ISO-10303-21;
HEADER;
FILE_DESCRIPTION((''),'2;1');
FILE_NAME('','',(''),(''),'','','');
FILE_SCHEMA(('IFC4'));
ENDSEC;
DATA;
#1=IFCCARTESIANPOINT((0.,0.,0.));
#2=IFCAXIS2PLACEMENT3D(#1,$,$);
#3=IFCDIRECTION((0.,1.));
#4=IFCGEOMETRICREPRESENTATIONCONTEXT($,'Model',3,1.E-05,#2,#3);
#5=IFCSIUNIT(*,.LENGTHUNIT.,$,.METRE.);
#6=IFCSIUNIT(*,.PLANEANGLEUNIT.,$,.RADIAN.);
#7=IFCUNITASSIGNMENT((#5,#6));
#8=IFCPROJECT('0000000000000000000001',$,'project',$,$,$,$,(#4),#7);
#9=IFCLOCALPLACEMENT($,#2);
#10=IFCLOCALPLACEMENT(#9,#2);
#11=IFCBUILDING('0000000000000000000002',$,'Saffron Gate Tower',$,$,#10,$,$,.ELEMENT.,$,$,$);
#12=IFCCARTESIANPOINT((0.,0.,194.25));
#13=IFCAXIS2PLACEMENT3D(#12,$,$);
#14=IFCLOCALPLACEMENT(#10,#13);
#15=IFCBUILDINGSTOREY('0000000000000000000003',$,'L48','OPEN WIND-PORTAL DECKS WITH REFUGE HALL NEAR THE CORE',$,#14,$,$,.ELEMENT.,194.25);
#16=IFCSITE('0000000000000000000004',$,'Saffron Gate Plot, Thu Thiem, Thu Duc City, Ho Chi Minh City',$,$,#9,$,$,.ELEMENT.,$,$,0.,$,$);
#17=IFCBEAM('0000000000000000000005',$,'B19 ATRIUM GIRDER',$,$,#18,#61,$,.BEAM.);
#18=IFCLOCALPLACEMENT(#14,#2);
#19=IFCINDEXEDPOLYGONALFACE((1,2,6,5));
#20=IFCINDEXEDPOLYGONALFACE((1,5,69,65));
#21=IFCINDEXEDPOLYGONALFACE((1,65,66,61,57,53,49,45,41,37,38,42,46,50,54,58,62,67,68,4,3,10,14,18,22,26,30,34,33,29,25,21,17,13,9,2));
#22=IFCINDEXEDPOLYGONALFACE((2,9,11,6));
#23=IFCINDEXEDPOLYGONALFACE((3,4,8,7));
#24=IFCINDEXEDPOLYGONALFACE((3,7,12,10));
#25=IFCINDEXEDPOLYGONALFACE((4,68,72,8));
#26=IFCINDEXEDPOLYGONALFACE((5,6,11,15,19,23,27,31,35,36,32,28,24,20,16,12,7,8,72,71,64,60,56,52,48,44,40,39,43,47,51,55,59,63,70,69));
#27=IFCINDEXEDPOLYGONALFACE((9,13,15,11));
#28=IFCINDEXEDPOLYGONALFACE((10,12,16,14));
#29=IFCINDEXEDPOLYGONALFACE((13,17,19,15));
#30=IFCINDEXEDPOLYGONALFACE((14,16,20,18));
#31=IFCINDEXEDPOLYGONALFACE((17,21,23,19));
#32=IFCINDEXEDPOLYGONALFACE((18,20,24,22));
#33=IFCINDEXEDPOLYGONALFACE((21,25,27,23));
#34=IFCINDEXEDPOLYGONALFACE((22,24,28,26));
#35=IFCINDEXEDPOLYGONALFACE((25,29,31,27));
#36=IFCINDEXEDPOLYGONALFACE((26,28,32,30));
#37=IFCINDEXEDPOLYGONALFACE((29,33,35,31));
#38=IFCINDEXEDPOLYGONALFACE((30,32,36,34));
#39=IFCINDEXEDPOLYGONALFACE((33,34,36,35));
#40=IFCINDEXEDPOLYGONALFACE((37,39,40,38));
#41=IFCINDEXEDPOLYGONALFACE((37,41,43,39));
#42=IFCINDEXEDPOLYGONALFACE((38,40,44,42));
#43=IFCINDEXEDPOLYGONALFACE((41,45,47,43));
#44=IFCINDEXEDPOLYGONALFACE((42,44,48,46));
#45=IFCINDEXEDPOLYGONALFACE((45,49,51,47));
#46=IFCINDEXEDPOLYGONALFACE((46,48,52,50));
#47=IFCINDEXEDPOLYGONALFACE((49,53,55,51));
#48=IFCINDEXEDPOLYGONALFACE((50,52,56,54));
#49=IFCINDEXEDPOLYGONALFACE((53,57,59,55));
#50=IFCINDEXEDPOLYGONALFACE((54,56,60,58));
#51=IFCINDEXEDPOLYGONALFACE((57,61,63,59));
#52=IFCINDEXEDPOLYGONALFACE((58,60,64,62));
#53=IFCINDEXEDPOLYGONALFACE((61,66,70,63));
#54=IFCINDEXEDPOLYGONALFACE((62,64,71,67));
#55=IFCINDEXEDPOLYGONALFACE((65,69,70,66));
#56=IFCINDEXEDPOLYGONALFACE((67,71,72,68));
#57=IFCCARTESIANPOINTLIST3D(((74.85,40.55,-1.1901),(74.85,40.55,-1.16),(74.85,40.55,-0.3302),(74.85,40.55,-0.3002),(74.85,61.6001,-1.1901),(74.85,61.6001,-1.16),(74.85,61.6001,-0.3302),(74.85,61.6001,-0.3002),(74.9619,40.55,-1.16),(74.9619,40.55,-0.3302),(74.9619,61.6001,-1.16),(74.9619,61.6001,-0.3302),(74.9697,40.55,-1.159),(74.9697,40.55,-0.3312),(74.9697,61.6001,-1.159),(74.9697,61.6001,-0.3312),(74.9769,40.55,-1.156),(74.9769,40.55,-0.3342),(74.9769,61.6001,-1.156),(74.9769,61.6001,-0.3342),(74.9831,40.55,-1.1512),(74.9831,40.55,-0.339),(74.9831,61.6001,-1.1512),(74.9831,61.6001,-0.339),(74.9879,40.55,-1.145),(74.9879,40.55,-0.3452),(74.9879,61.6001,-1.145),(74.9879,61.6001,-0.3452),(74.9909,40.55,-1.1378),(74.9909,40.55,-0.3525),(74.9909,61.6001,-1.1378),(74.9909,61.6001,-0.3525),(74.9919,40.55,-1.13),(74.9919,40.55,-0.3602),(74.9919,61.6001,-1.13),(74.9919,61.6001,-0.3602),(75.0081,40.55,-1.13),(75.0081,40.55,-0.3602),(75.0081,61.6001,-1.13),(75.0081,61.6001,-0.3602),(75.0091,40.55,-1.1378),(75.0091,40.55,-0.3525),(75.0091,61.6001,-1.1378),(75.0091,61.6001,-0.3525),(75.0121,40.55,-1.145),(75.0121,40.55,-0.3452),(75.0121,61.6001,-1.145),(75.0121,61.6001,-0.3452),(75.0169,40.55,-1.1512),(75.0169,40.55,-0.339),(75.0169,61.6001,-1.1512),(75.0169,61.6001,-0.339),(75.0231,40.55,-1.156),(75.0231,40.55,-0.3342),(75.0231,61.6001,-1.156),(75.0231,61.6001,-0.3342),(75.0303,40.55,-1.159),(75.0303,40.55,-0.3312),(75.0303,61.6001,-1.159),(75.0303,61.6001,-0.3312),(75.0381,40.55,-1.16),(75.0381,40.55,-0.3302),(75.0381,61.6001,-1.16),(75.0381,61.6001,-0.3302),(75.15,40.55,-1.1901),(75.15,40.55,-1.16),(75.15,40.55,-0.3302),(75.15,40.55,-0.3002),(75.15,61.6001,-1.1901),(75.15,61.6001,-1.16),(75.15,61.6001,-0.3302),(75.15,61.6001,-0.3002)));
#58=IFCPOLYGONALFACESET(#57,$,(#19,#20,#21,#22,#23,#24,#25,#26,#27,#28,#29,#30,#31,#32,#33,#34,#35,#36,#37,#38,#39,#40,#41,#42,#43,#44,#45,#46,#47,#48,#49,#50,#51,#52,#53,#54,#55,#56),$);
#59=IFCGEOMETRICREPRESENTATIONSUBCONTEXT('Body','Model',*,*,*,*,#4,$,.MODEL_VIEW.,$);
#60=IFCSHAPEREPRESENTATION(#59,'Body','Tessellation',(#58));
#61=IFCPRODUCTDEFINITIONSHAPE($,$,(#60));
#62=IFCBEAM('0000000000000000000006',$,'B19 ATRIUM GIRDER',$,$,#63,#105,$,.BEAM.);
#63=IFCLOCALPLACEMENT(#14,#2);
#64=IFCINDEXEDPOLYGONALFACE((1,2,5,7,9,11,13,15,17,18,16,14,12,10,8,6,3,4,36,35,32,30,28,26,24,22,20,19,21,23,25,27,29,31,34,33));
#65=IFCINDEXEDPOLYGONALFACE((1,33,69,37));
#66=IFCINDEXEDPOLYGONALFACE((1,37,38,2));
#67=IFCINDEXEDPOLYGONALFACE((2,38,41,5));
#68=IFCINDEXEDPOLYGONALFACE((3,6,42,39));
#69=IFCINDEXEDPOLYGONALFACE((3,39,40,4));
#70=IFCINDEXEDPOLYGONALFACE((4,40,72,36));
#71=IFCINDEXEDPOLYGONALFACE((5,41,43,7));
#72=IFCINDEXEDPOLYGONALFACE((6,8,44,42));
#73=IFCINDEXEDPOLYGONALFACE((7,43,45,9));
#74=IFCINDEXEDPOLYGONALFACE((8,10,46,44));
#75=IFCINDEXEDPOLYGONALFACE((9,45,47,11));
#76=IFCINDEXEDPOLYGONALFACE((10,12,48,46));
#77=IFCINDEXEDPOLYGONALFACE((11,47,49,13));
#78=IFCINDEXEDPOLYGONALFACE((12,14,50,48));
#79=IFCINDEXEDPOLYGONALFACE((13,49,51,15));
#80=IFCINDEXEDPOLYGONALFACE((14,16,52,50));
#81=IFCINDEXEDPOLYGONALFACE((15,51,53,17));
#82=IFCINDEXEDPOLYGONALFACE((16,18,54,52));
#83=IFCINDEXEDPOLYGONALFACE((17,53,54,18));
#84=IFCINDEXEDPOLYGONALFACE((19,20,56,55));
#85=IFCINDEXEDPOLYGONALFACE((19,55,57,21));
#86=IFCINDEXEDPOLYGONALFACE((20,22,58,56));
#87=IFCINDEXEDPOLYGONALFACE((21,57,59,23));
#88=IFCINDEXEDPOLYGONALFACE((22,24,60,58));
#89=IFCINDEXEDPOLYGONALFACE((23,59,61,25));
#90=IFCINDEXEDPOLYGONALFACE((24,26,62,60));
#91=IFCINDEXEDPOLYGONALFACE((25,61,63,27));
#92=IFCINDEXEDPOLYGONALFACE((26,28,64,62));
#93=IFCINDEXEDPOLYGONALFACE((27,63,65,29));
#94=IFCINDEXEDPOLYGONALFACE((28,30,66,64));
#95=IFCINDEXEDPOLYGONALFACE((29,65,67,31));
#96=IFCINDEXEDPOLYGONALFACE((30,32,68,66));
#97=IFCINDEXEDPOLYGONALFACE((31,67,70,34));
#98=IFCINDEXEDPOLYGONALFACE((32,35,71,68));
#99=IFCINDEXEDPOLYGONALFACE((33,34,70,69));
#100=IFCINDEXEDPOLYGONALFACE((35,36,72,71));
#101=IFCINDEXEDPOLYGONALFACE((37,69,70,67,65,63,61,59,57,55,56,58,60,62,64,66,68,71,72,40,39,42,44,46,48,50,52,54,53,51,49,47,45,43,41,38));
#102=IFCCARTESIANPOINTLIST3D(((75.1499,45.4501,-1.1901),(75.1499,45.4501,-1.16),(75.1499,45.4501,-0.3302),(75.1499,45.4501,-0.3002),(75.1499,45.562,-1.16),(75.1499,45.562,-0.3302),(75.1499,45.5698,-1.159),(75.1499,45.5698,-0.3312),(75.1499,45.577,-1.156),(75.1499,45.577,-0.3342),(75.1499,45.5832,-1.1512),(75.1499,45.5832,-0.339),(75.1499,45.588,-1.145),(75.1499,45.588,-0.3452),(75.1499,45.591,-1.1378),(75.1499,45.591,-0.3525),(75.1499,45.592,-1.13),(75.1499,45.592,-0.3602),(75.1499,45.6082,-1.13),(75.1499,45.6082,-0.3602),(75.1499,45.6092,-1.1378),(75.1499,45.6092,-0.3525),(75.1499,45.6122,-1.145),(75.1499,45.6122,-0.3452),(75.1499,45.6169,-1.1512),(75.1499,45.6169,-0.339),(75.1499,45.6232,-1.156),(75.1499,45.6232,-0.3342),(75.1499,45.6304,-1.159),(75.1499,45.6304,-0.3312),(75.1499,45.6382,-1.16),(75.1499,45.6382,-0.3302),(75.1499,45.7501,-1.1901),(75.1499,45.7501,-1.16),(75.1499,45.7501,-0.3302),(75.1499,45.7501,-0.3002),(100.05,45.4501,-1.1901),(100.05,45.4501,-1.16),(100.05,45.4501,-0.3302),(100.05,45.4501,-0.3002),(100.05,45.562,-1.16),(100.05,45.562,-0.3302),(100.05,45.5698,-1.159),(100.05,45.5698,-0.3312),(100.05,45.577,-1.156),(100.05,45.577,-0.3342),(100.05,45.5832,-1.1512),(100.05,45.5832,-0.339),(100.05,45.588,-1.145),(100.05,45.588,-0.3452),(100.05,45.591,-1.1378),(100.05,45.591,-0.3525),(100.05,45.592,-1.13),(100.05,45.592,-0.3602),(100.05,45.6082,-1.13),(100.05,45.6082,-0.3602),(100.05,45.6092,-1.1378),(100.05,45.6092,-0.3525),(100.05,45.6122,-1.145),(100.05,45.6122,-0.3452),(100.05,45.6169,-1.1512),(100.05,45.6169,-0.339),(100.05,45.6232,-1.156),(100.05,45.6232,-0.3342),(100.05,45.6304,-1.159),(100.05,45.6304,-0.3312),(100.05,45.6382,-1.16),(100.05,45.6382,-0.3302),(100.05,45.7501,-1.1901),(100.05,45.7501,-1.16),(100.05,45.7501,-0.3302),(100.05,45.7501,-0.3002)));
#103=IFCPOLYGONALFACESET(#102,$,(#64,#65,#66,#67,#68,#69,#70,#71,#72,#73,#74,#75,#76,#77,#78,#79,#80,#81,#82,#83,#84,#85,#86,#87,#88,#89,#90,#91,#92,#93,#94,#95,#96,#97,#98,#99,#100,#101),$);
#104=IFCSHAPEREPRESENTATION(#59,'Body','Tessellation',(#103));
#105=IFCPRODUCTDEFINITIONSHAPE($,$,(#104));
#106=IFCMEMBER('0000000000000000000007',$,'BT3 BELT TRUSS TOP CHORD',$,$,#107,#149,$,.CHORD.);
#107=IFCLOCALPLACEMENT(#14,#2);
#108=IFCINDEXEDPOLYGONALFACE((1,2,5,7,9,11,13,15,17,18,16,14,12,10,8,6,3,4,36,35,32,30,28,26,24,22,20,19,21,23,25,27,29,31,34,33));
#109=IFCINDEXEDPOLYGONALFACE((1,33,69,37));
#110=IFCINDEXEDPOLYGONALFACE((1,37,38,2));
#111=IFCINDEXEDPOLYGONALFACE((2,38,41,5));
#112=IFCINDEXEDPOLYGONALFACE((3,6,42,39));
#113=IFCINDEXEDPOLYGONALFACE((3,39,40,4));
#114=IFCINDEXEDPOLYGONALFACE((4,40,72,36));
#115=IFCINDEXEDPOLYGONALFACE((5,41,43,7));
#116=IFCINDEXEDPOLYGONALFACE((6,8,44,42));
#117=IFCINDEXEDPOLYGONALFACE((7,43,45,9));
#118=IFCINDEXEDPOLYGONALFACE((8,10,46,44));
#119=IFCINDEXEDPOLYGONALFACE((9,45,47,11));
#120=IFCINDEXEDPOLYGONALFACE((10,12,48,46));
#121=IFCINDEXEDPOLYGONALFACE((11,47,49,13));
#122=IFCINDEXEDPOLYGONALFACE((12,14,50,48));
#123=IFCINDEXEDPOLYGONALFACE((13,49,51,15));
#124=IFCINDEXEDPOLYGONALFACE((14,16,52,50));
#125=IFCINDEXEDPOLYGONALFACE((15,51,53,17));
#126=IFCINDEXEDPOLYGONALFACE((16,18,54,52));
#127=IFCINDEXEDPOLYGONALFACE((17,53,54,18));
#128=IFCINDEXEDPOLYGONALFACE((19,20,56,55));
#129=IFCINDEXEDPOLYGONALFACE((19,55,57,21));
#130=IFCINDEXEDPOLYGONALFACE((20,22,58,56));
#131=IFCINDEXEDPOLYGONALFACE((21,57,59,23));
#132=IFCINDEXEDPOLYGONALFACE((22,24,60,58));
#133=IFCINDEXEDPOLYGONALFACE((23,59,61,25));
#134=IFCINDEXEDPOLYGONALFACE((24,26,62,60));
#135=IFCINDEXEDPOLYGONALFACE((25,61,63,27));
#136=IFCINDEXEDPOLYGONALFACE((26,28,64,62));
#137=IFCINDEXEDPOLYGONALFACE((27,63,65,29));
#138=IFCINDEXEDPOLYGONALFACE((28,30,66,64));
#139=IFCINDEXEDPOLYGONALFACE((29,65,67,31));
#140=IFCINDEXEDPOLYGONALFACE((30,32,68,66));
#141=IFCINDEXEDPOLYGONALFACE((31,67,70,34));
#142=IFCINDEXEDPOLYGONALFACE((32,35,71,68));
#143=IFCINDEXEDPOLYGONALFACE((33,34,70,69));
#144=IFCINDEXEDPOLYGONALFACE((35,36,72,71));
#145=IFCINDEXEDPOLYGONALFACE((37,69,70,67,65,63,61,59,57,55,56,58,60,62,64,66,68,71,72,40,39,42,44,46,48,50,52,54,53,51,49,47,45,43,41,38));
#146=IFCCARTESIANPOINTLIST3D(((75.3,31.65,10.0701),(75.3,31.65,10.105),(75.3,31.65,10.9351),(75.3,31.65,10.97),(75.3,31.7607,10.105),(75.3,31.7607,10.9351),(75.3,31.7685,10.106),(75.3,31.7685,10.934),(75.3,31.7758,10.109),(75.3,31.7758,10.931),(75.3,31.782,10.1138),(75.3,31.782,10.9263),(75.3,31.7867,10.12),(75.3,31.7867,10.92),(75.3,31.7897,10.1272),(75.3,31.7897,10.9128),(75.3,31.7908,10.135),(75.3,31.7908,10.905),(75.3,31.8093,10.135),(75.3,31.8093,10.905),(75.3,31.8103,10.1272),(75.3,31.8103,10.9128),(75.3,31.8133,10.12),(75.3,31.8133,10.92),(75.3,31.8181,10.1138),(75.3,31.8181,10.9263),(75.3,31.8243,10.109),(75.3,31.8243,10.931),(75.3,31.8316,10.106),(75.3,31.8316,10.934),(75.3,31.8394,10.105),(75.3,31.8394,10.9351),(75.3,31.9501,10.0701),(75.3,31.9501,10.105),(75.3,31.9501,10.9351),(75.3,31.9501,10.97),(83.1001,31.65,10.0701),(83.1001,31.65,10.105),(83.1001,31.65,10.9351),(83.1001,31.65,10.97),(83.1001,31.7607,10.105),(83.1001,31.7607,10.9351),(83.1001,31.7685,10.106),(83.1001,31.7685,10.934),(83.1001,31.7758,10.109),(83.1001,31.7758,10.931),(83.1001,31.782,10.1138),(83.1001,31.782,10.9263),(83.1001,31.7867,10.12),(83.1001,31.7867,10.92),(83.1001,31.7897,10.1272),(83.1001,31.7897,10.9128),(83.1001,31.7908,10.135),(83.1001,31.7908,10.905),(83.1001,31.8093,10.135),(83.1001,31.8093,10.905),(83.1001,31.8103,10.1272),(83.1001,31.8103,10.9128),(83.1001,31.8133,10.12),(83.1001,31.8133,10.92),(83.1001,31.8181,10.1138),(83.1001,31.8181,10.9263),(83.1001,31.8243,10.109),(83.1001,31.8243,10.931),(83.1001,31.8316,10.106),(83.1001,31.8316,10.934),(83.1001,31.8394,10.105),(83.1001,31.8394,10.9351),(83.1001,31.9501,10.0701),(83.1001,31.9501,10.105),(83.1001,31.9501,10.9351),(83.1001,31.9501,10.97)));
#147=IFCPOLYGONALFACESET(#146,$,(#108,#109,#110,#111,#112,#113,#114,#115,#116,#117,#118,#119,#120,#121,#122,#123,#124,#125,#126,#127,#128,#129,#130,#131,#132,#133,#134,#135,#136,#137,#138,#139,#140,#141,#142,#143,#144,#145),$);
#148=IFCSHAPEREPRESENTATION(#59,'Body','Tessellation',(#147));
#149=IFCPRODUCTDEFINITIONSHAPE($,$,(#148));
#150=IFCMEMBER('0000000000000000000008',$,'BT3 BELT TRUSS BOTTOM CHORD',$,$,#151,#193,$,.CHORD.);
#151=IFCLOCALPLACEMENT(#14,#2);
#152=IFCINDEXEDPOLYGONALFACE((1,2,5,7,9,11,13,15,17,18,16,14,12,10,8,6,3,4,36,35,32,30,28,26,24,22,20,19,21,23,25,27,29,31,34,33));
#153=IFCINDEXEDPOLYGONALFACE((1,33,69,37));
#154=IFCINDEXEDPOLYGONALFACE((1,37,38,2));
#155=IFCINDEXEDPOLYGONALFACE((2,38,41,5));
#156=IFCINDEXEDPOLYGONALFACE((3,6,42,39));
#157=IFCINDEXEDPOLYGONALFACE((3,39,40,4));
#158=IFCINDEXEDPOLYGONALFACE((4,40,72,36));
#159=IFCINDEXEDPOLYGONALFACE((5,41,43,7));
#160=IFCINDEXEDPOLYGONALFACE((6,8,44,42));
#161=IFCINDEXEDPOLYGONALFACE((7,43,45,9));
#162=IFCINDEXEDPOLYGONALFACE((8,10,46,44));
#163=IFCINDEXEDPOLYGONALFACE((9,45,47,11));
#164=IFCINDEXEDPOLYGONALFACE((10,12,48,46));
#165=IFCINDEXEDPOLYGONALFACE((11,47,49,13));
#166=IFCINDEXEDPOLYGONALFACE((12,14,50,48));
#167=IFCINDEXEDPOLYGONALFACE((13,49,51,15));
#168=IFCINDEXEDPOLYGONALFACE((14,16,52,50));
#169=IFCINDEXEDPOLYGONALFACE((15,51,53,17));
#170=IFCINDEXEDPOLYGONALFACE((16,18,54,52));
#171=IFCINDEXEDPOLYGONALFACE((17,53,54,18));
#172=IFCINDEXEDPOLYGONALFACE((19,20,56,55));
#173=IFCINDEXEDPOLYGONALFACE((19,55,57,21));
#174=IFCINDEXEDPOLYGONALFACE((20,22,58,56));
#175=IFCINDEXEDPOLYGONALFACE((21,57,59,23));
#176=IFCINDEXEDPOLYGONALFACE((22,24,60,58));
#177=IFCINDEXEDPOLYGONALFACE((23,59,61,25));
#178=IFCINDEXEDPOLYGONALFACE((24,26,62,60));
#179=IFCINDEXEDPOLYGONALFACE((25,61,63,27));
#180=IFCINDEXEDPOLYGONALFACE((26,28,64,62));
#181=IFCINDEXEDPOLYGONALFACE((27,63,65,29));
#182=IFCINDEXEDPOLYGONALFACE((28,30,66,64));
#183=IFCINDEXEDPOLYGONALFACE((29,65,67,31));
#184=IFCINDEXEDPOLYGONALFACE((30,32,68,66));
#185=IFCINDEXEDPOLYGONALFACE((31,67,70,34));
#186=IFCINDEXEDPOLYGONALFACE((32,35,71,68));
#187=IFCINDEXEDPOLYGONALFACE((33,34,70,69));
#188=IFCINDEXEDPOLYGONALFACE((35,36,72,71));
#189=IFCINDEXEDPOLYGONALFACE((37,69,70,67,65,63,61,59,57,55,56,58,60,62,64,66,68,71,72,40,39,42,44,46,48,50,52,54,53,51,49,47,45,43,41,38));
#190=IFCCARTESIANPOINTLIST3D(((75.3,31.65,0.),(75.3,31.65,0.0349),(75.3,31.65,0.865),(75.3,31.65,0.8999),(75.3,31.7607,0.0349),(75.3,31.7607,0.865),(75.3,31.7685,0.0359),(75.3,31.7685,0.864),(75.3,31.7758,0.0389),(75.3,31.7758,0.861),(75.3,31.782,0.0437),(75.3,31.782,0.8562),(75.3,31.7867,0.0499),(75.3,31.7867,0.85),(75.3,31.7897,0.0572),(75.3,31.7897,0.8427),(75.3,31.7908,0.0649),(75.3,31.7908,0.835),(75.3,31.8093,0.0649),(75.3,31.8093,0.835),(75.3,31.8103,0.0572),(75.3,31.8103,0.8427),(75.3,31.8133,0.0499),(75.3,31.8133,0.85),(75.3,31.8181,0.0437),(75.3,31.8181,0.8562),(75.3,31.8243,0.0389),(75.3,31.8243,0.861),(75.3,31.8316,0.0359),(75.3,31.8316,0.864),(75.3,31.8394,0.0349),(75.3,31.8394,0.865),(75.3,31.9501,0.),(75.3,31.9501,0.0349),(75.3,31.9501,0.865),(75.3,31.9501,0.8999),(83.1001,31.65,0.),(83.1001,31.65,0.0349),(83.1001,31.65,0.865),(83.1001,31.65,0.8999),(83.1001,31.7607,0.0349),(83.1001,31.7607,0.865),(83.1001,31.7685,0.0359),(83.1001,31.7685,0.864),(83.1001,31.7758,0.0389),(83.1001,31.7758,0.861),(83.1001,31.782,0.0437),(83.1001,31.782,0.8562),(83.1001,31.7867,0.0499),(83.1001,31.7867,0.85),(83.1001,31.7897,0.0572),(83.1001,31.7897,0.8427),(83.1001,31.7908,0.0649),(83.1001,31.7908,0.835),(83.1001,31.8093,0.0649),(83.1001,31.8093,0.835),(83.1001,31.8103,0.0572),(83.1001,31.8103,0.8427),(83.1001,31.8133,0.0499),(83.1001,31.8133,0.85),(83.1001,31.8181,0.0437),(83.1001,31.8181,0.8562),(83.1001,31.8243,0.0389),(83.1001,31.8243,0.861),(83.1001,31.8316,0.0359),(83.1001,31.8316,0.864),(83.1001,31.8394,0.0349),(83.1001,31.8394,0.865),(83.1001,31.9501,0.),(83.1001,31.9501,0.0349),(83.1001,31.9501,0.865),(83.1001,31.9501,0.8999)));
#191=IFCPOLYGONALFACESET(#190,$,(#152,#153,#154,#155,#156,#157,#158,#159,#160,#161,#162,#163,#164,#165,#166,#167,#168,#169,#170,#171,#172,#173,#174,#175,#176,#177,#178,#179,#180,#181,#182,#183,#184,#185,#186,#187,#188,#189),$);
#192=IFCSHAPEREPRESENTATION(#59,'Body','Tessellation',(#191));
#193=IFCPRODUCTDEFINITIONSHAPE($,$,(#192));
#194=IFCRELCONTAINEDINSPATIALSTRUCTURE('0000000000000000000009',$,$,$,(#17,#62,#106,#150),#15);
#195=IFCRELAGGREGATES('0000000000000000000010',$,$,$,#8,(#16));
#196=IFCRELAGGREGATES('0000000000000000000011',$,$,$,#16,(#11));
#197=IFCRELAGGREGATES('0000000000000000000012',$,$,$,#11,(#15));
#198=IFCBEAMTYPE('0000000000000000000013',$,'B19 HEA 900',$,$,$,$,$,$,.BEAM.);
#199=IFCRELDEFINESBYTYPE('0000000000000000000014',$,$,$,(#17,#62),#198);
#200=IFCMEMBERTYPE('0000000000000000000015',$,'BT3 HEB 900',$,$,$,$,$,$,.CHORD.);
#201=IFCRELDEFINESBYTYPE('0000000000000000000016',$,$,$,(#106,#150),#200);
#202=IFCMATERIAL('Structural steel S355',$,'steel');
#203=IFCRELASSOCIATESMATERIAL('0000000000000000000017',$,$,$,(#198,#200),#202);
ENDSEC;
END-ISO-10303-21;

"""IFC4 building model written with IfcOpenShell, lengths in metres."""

from ifc_helpers import new_model, si_unit, direction, frame, origin, origin_2d, place, context, subcontext, project, spatial, i_section, extrude, material, material_profile, profile_set, type_object, element, save


model = new_model("IFC4")

# Units and contexts
model_context = context("Model", 3, precision=1e-05, world=origin(), true_north=direction((0.0, 1.0)))
body_context = subcontext(model_context, "Body", "Model", "MODEL_VIEW")
ifc_project = project(units=[si_unit("LENGTHUNIT", "METRE"), si_unit("PLANEANGLEUNIT", "RADIAN")], contexts=[model_context])

# Site, building, storey
site_placement = place(None, origin())
site = spatial("IfcSite", under=ifc_project, at=site_placement, Name="Saffron Gate Plot, Thu Thiem, Thu Duc City, Ho Chi Minh City", CompositionType="ELEMENT", RefElevation=0.0)
building_placement = place(site_placement, origin())
building = spatial("IfcBuilding", under=site, at=building_placement, Name="Saffron Gate Tower", CompositionType="ELEMENT")
storey_placement = place(building_placement, frame((0.0, 0.0, 194.25)))
storey = spatial("IfcBuildingStorey", under=building, at=storey_placement, Name="L48", Description="OPEN WIND-PORTAL DECKS WITH REFUGE HALL NEAR THE CORE", CompositionType="ELEMENT", Elevation=194.25)

# Beams
ifc_material_1 = material(Name="Structural steel S355", Category="steel")
ifc_material_profile_1 = material_profile(ifc_material_1, i_section(OverallWidth=0.3, OverallDepth=0.8899, WebThickness=0.0161, FlangeThickness=0.03, FilletRadius=0.03, at=origin_2d()))
ifc_profile_set_1 = profile_set([ifc_material_profile_1], Name="Structural steel S355")
beam_type_1 = type_object("IfcBeamType", Name="B19 HEA 900", PredefinedType="BEAM", material=ifc_profile_set_1)
beam_1_placement = place(storey_placement, frame((75.0, 40.55, -0.7451), z_axis=(0.0, 1.0, 0.0), x_axis=(-1.0, 0.0, 0.0)))
element("IfcBeam", 1, at=beam_1_placement, inside=storey, type_object=beam_type_1, Name="B19 ATRIUM GIRDER", PredefinedType="BEAM", context=body_context, shape_type="SweptSolid", body=[
    extrude(i_section(OverallWidth=0.3, OverallDepth=0.8899, WebThickness=0.0161, FlangeThickness=0.03, FilletRadius=0.03, at=origin_2d()), origin(), (0.0, 0.0, 1.0), 21.05),
])
beam_2_placement = place(storey_placement, frame((75.1499, 45.6001, -0.7451), z_axis=(1.0, 0.0, 0.0), x_axis=(0.0, 1.0, 0.0)))
element("IfcBeam", 2, at=beam_2_placement, inside=storey, type_object=beam_type_1, Name="B19 ATRIUM GIRDER", PredefinedType="BEAM", context=body_context, shape_type="SweptSolid", body=[
    extrude(i_section(OverallWidth=0.3, OverallDepth=0.8899, WebThickness=0.0161, FlangeThickness=0.03, FilletRadius=0.03, at=origin_2d()), origin(), (0.0, 0.0, 1.0), 24.9001),
])

# Members
ifc_material_profile_2 = material_profile(ifc_material_1, i_section(OverallWidth=0.3, OverallDepth=0.8999, WebThickness=0.0186, FlangeThickness=0.0349, FilletRadius=0.03, at=origin_2d()))
ifc_profile_set_2 = profile_set([ifc_material_profile_2], Name="Structural steel S355")
member_type_1 = type_object("IfcMemberType", Name="BT3 HEB 900", PredefinedType="CHORD", material=ifc_profile_set_2)
for number, where, z_axis, x_axis, name in (
    (3, (75.3, 31.8, 10.52), (1.0, 0.0, 0.0), (0.0, 1.0, 0.0), "BT3 BELT TRUSS TOP CHORD"),
    (4, (75.3, 31.8, 0.45), (1.0, 0.0, 0.0), (0.0, 1.0, 0.0), "BT3 BELT TRUSS BOTTOM CHORD"),
):
    element("IfcMember", number, at=place(storey_placement, frame(where, z_axis=z_axis, x_axis=x_axis)), inside=storey, type_object=member_type_1, Name=name, PredefinedType="CHORD", context=body_context, shape_type="SweptSolid", body=[
        extrude(i_section(OverallWidth=0.3, OverallDepth=0.8999, WebThickness=0.0186, FlangeThickness=0.0349, FilletRadius=0.03, at=origin_2d()), origin(), (0.0, 0.0, 1.0), 7.8),
    ])

save(model, "model.ifc")
